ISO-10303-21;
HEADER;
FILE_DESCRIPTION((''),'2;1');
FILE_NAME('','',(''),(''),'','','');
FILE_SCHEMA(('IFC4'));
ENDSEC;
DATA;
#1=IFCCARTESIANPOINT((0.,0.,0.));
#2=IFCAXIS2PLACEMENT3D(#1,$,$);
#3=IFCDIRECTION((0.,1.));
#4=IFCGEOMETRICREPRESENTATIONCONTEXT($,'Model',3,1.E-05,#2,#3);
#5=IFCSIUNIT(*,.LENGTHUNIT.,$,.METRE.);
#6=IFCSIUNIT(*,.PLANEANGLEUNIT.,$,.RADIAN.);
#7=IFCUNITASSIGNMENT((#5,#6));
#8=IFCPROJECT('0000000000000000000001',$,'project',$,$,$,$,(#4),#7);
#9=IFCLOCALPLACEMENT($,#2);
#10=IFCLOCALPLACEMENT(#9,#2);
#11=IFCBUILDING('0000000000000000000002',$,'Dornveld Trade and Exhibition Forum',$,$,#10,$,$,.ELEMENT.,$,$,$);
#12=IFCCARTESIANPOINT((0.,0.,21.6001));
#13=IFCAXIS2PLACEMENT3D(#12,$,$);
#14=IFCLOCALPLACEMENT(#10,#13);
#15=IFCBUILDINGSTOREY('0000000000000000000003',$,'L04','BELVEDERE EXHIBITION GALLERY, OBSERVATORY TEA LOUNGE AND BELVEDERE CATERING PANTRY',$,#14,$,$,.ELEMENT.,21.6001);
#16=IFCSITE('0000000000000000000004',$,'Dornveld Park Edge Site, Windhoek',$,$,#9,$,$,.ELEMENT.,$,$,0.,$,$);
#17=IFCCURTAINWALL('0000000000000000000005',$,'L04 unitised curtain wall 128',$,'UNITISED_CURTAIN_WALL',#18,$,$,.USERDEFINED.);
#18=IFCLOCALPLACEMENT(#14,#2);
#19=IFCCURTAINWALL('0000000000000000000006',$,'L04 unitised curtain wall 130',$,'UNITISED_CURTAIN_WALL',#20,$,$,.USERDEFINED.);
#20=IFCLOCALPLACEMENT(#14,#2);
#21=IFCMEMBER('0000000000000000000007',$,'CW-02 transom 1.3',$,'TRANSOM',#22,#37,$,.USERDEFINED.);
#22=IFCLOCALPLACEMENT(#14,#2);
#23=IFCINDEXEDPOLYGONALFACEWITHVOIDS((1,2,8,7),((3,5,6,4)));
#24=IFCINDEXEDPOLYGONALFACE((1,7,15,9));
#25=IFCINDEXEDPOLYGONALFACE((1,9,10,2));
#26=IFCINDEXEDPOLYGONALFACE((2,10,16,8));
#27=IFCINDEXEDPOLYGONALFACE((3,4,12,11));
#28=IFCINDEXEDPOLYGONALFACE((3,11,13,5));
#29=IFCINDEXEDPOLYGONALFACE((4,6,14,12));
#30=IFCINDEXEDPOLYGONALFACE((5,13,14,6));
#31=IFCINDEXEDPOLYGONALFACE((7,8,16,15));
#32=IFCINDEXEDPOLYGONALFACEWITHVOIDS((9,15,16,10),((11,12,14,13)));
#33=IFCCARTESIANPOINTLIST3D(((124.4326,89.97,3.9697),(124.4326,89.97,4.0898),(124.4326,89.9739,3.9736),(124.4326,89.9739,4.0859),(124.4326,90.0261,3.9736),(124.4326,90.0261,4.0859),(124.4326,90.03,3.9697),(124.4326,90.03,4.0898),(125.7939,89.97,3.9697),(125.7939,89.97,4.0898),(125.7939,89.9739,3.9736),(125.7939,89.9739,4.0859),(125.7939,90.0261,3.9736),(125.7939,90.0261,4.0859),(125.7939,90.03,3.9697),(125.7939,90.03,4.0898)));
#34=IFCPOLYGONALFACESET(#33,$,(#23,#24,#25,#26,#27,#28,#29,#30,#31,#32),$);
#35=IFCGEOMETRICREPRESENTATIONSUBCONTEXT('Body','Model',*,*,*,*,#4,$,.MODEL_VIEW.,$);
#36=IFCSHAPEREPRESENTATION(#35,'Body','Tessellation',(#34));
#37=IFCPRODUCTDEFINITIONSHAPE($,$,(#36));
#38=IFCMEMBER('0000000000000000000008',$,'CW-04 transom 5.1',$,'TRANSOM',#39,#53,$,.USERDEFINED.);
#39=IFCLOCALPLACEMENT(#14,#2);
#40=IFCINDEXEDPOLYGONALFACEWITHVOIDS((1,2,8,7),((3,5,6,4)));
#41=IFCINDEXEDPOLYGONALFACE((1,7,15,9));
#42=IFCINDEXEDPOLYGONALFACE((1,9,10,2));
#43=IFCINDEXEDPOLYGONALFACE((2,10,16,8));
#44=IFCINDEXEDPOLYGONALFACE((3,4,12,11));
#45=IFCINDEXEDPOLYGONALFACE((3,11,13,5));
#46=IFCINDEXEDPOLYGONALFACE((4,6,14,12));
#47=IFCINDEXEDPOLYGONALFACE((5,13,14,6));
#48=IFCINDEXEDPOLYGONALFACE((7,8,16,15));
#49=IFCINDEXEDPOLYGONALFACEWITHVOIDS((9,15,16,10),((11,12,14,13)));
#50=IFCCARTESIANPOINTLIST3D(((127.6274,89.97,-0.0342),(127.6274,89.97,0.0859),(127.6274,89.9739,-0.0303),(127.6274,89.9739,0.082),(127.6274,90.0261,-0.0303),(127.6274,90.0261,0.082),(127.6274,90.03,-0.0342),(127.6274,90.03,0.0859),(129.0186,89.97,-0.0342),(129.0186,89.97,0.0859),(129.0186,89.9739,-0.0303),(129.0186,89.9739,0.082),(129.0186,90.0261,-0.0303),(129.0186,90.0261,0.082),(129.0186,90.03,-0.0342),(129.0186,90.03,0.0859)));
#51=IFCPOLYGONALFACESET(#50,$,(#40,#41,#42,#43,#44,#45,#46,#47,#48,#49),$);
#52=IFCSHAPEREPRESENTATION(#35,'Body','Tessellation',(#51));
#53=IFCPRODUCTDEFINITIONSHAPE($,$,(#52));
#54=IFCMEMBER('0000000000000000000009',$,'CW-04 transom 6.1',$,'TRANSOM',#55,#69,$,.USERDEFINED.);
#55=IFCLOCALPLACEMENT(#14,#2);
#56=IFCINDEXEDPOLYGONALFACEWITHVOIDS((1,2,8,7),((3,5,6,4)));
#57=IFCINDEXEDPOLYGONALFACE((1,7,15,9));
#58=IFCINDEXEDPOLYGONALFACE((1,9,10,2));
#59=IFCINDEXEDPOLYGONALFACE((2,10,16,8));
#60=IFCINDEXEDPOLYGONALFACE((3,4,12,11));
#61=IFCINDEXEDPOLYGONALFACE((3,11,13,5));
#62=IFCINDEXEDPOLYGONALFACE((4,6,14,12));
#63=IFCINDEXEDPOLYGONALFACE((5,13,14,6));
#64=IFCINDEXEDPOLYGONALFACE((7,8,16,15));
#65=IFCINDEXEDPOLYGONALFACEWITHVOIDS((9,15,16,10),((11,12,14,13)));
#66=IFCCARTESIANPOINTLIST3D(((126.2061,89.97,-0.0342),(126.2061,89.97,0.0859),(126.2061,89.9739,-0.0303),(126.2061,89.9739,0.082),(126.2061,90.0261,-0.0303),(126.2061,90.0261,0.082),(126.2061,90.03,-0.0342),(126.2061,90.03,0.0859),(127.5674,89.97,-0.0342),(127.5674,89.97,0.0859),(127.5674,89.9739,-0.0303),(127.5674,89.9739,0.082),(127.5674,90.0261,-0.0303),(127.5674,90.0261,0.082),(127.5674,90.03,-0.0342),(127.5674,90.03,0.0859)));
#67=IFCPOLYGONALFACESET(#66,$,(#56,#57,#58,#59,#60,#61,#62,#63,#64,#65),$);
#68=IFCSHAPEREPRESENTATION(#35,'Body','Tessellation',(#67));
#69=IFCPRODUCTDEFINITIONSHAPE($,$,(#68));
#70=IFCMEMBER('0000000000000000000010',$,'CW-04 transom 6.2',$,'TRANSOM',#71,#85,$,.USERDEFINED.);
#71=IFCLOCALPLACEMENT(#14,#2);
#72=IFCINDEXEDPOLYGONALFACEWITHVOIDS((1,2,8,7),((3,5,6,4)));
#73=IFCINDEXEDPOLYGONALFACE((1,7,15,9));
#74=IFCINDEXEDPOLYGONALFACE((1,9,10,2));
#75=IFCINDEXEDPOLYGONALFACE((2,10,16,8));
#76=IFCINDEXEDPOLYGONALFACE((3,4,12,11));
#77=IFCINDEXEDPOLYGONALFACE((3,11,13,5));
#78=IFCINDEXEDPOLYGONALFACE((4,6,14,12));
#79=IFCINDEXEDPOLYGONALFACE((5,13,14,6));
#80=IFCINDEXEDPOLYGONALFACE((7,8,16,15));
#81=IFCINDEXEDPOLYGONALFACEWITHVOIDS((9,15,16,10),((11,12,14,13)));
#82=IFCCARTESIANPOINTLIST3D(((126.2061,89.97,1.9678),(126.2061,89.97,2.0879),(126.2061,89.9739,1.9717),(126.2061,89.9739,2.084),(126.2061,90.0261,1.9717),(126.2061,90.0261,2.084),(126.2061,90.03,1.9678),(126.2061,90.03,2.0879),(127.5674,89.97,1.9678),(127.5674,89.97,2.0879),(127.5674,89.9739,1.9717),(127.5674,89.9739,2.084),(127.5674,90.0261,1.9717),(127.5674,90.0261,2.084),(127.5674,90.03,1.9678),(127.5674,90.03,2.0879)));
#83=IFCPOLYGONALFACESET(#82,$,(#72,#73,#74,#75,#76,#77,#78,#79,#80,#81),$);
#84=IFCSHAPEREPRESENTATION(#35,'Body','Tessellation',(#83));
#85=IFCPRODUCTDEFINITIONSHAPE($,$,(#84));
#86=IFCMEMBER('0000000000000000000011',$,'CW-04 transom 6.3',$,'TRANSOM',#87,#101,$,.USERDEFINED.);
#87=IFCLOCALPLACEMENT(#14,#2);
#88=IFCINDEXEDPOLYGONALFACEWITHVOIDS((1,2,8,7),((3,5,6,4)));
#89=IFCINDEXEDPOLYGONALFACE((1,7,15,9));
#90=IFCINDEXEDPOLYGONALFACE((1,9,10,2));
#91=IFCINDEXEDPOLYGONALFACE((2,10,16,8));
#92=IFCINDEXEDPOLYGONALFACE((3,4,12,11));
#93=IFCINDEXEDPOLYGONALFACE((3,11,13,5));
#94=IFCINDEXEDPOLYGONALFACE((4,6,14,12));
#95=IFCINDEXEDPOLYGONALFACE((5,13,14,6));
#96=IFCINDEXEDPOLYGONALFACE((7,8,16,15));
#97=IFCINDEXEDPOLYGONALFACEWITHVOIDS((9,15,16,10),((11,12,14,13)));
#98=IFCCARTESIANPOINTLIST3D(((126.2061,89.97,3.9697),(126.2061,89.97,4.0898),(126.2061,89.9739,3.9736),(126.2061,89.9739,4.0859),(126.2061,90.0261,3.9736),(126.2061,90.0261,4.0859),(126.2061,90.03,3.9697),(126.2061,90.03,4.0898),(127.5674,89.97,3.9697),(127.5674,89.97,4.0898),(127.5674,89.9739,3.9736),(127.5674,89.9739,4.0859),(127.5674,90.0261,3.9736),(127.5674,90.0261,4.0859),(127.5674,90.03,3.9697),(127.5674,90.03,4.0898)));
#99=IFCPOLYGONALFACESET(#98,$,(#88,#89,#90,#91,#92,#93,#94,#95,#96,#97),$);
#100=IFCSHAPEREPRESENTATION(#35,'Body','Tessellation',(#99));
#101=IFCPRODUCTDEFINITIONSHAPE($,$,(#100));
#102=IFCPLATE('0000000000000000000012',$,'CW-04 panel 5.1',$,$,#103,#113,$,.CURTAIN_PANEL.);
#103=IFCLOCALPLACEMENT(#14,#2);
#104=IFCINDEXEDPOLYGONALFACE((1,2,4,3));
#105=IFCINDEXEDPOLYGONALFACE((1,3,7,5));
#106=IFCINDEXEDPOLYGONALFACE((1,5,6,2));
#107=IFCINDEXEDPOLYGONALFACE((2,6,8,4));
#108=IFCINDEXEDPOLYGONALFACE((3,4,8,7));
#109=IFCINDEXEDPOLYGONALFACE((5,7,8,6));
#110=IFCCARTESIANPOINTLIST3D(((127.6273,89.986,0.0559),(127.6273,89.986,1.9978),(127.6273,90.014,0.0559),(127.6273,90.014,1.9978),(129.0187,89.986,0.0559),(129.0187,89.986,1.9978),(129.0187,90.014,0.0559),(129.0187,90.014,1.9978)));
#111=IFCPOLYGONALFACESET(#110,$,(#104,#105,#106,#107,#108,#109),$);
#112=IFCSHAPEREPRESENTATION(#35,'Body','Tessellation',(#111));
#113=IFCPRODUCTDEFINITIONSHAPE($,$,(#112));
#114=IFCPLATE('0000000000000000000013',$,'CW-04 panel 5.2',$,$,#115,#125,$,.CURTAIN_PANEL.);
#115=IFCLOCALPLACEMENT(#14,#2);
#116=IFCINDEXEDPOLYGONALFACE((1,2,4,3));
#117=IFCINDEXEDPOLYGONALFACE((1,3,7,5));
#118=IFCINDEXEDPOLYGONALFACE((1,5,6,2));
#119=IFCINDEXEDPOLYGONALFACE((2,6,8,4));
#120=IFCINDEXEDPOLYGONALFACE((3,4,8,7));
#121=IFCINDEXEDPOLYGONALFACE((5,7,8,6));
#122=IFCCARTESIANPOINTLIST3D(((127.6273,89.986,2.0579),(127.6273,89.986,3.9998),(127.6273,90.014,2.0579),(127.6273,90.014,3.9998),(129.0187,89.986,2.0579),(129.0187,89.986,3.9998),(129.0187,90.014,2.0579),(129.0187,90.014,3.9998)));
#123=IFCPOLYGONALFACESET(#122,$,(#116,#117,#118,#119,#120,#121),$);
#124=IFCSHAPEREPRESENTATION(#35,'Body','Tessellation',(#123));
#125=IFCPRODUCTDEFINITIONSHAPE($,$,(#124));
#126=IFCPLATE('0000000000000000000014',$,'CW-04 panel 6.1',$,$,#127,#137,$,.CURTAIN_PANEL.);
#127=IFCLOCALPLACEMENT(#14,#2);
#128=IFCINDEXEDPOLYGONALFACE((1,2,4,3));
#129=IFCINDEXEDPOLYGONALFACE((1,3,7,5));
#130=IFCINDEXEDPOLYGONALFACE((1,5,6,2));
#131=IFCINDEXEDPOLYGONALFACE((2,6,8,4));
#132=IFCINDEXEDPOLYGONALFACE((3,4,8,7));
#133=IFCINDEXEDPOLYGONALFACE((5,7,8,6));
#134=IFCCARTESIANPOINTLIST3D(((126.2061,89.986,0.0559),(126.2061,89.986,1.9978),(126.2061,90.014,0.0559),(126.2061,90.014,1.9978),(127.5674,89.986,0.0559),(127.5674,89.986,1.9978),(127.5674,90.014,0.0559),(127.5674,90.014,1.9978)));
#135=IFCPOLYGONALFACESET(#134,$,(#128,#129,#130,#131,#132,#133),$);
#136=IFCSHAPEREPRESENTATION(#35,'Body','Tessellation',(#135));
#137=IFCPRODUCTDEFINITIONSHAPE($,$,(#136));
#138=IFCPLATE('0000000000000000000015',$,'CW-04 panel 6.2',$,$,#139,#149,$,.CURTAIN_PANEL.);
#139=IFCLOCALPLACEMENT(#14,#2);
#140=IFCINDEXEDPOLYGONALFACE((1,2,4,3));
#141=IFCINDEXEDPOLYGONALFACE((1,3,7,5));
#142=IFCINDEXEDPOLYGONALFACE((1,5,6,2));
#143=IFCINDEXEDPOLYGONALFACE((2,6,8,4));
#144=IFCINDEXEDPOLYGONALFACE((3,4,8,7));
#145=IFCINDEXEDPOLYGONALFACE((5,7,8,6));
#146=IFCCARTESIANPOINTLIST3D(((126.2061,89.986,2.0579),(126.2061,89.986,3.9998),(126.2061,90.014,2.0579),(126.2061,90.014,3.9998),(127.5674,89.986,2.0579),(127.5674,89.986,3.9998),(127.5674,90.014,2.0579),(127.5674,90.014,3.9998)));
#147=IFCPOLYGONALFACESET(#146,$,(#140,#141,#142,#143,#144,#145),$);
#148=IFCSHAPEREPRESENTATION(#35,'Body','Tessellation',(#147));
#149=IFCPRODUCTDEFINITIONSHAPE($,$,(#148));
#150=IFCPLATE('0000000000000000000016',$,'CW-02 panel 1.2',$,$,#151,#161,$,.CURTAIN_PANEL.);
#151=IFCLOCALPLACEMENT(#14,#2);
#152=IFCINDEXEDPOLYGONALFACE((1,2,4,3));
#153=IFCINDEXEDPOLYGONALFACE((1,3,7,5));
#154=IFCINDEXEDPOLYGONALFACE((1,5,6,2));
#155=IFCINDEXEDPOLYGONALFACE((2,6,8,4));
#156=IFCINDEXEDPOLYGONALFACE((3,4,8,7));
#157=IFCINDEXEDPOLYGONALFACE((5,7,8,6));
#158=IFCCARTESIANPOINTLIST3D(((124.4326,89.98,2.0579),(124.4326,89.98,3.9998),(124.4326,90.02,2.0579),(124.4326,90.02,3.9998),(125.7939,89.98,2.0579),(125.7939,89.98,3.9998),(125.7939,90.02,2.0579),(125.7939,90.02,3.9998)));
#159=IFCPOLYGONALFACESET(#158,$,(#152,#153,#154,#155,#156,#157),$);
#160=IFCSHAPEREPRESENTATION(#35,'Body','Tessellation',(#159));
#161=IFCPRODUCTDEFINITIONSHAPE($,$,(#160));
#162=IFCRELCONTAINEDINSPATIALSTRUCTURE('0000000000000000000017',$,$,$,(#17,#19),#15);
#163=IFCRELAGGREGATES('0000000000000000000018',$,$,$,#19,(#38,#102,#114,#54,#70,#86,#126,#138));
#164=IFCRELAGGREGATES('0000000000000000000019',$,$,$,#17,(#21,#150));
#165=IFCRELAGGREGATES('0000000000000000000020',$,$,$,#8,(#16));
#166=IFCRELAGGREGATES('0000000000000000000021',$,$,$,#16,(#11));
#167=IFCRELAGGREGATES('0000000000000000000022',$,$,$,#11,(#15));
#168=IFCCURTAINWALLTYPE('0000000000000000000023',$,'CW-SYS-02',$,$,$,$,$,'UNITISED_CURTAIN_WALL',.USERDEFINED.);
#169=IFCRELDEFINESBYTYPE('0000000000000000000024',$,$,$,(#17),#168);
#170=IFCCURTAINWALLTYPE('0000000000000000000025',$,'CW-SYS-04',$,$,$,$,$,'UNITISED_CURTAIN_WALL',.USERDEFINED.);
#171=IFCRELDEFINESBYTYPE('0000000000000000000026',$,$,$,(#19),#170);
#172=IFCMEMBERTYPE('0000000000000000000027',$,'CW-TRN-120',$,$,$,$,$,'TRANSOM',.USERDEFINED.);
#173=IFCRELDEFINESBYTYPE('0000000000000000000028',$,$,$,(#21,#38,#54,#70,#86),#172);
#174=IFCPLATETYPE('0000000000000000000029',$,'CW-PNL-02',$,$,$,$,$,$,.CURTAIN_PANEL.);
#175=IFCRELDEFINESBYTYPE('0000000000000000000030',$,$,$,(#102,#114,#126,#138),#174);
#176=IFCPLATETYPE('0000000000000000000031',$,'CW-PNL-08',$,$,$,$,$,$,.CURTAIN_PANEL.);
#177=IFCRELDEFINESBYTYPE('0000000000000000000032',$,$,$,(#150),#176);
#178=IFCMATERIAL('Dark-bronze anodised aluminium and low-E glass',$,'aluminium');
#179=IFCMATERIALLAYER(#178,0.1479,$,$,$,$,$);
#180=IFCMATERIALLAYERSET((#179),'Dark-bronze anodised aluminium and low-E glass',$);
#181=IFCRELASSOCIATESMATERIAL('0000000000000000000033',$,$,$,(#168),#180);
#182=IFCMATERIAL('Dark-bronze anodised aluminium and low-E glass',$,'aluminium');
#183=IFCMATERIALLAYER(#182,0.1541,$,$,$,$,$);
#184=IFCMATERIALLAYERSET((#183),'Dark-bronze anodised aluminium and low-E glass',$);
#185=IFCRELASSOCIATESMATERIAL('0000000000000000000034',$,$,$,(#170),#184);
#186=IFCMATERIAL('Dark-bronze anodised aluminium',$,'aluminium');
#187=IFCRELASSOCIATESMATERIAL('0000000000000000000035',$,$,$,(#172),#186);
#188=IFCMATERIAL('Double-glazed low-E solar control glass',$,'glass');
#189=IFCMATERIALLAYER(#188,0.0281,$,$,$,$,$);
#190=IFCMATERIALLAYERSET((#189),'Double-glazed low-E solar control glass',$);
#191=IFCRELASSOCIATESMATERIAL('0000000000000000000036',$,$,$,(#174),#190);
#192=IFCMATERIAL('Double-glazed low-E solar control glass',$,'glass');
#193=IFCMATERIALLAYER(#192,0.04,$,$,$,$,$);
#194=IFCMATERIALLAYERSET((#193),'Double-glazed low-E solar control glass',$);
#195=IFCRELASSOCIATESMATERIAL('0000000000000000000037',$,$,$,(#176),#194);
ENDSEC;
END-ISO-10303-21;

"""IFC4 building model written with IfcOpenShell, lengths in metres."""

from ifc_helpers import new_model, si_unit, direction, frame, origin, origin_2d, place, context, subcontext, project, spatial, rectangle, hollow_rectangle, extrude, material, layer, layer_set, material_profile, profile_set, type_object, element, aggregate, save


model = new_model("IFC4")

# Units and contexts
model_context = context("Model", 3, precision=1e-05, world=origin(), true_north=direction((0.0, 1.0)))
body_context = subcontext(model_context, "Body", "Model", "MODEL_VIEW")
ifc_project = project(units=[si_unit("LENGTHUNIT", "METRE"), si_unit("PLANEANGLEUNIT", "RADIAN")], contexts=[model_context])

# Site, building, storey
site_placement = place(None, origin())
site = spatial("IfcSite", under=ifc_project, at=site_placement, Name="Dornveld Park Edge Site, Windhoek", CompositionType="ELEMENT", RefElevation=0.0)
building_placement = place(site_placement, origin())
building = spatial("IfcBuilding", under=site, at=building_placement, Name="Dornveld Trade and Exhibition Forum", CompositionType="ELEMENT")
storey_placement = place(building_placement, frame((0.0, 0.0, 21.6001)))
storey = spatial("IfcBuildingStorey", under=building, at=storey_placement, Name="L04", Description="BELVEDERE EXHIBITION GALLERY, OBSERVATORY TEA LOUNGE AND BELVEDERE CATERING PANTRY", CompositionType="ELEMENT", Elevation=21.6001)

# Curtain wall
ifc_material_1 = material(Name="Dark-bronze anodised aluminium and low-E glass", Category="aluminium")
ifc_layer_1 = layer(ifc_material_1, 0.1479)
ifc_layer_set_1 = layer_set([ifc_layer_1], Name="Dark-bronze anodised aluminium and low-E glass")
curtain_wall_type_1 = type_object("IfcCurtainWallType", Name="CW-SYS-02", ElementType="UNITISED_CURTAIN_WALL", PredefinedType="USERDEFINED", material=ifc_layer_set_1)
curtain_wall_1_placement = place(storey_placement, origin())
curtain_wall_1 = element("IfcCurtainWall", 1, at=curtain_wall_1_placement, inside=storey, type_object=curtain_wall_type_1, Name="L04 unitised curtain wall 128", ObjectType="UNITISED_CURTAIN_WALL", PredefinedType="USERDEFINED")

# Curtain wall
ifc_material_2 = material(Name="Dark-bronze anodised aluminium and low-E glass", Category="aluminium")
ifc_layer_2 = layer(ifc_material_2, 0.1541)
ifc_layer_set_2 = layer_set([ifc_layer_2], Name="Dark-bronze anodised aluminium and low-E glass")
curtain_wall_type_2 = type_object("IfcCurtainWallType", Name="CW-SYS-04", ElementType="UNITISED_CURTAIN_WALL", PredefinedType="USERDEFINED", material=ifc_layer_set_2)
curtain_wall_2_placement = place(storey_placement, origin())
curtain_wall_2 = element("IfcCurtainWall", 2, at=curtain_wall_2_placement, inside=storey, type_object=curtain_wall_type_2, Name="L04 unitised curtain wall 130", ObjectType="UNITISED_CURTAIN_WALL", PredefinedType="USERDEFINED")

# Members
ifc_material_3 = material(Name="Dark-bronze anodised aluminium", Category="aluminium")
ifc_material_profile_1 = material_profile(ifc_material_3, hollow_rectangle(XDim=0.0601, YDim=0.1201, WallThickness=0.0039, at=origin_2d()), Name="RHS 120x60x4")
ifc_profile_set_1 = profile_set([ifc_material_profile_1], Name="Dark-bronze anodised aluminium")
member_type_1 = type_object("IfcMemberType", Name="CW-TRN-120", ElementType="TRANSOM", PredefinedType="USERDEFINED", material=ifc_profile_set_1)
member_1_placement = place(storey_placement, frame((125.7939, 90.0, 4.0298), z_axis=(-1.0, 0.0, 0.0), x_axis=(0.0, -1.0, 0.0)))
member_1 = element("IfcMember", 3, at=member_1_placement, type_object=member_type_1, Name="CW-02 transom 1.3", ObjectType="TRANSOM", PredefinedType="USERDEFINED", context=body_context, shape_type="SweptSolid", body=[
    extrude(hollow_rectangle(XDim=0.0601, YDim=0.1201, WallThickness=0.0039, at=origin_2d()), origin(), (0.0, 0.0, 1.0), 1.3613),
])
member_2_placement = place(storey_placement, frame((129.0186, 90.0, 0.0259), z_axis=(-1.0, 0.0, 0.0), x_axis=(0.0, -1.0, 0.0)))
member_2 = element("IfcMember", 4, at=member_2_placement, type_object=member_type_1, Name="CW-04 transom 5.1", ObjectType="TRANSOM", PredefinedType="USERDEFINED", context=body_context, shape_type="SweptSolid", body=[
    extrude(hollow_rectangle(XDim=0.0601, YDim=0.1201, WallThickness=0.0039, at=origin_2d()), origin(), (0.0, 0.0, 1.0), 1.3911),
])
member_3_placement = place(storey_placement, frame((127.5674, 90.0, 0.0259), z_axis=(-1.0, 0.0, 0.0), x_axis=(0.0, -1.0, 0.0)))
member_3 = element("IfcMember", 5, at=member_3_placement, type_object=member_type_1, Name="CW-04 transom 6.1", ObjectType="TRANSOM", PredefinedType="USERDEFINED", context=body_context, shape_type="SweptSolid", body=[
    extrude(hollow_rectangle(XDim=0.0601, YDim=0.1201, WallThickness=0.0039, at=origin_2d()), origin(), (0.0, 0.0, 1.0), 1.3613),
])
member_4_placement = place(storey_placement, frame((127.5674, 90.0, 2.0278), z_axis=(-1.0, 0.0, 0.0), x_axis=(0.0, -1.0, 0.0)))
member_4 = element("IfcMember", 6, at=member_4_placement, type_object=member_type_1, Name="CW-04 transom 6.2", ObjectType="TRANSOM", PredefinedType="USERDEFINED", context=body_context, shape_type="SweptSolid", body=[
    extrude(hollow_rectangle(XDim=0.0601, YDim=0.1201, WallThickness=0.0039, at=origin_2d()), origin(), (0.0, 0.0, 1.0), 1.3613),
])
member_5_placement = place(storey_placement, frame((127.5674, 90.0, 4.0298), z_axis=(-1.0, 0.0, 0.0), x_axis=(0.0, -1.0, 0.0)))
member_5 = element("IfcMember", 7, at=member_5_placement, type_object=member_type_1, Name="CW-04 transom 6.3", ObjectType="TRANSOM", PredefinedType="USERDEFINED", context=body_context, shape_type="SweptSolid", body=[
    extrude(hollow_rectangle(XDim=0.0601, YDim=0.1201, WallThickness=0.0039, at=origin_2d()), origin(), (0.0, 0.0, 1.0), 1.3613),
])

# Plates
ifc_material_4 = material(Name="Double-glazed low-E solar control glass", Category="glass")
ifc_layer_3 = layer(ifc_material_4, 0.0281)
ifc_layer_set_3 = layer_set([ifc_layer_3], Name="Double-glazed low-E solar control glass")
plate_type_1 = type_object("IfcPlateType", Name="CW-PNL-02", PredefinedType="CURTAIN_PANEL", material=ifc_layer_set_3)
plate_1_placement = place(storey_placement, frame((128.323, 90.0, 0.0559), z_axis=(0.0, 0.0, 1.0), x_axis=(-1.0, 0.0, 0.0)))
plate_1 = element("IfcPlate", 8, at=plate_1_placement, type_object=plate_type_1, Name="CW-04 panel 5.1", PredefinedType="CURTAIN_PANEL", context=body_context, shape_type="SweptSolid", body=[
    extrude(rectangle(XDim=1.3914, YDim=0.0281, at=origin_2d()), origin(), (0.0, 0.0, 1.0), 1.9419),
])
plate_2_placement = place(storey_placement, frame((128.323, 90.0, 2.0579), z_axis=(0.0, 0.0, 1.0), x_axis=(-1.0, 0.0, 0.0)))
plate_2 = element("IfcPlate", 9, at=plate_2_placement, type_object=plate_type_1, Name="CW-04 panel 5.2", PredefinedType="CURTAIN_PANEL", context=body_context, shape_type="SweptSolid", body=[
    extrude(rectangle(XDim=1.3914, YDim=0.0281, at=origin_2d()), origin(), (0.0, 0.0, 1.0), 1.9419),
])
plate_3_placement = place(storey_placement, frame((126.8867, 90.0, 0.0559), z_axis=(0.0, 0.0, 1.0), x_axis=(-1.0, 0.0, 0.0)))
plate_3 = element("IfcPlate", 10, at=plate_3_placement, type_object=plate_type_1, Name="CW-04 panel 6.1", PredefinedType="CURTAIN_PANEL", context=body_context, shape_type="SweptSolid", body=[
    extrude(rectangle(XDim=1.3613, YDim=0.0281, at=origin_2d()), origin(), (0.0, 0.0, 1.0), 1.9419),
])
plate_4_placement = place(storey_placement, frame((126.8867, 90.0, 2.0579), z_axis=(0.0, 0.0, 1.0), x_axis=(-1.0, 0.0, 0.0)))
plate_4 = element("IfcPlate", 11, at=plate_4_placement, type_object=plate_type_1, Name="CW-04 panel 6.2", PredefinedType="CURTAIN_PANEL", context=body_context, shape_type="SweptSolid", body=[
    extrude(rectangle(XDim=1.3613, YDim=0.0281, at=origin_2d()), origin(), (0.0, 0.0, 1.0), 1.9419),
])
aggregate(curtain_wall_2, [member_2, plate_1, plate_2, member_3, member_4, member_5, plate_3, plate_4])
ifc_material_5 = material(Name="Double-glazed low-E solar control glass", Category="glass")
ifc_layer_4 = layer(ifc_material_5, 0.04)
ifc_layer_set_4 = layer_set([ifc_layer_4], Name="Double-glazed low-E solar control glass")
plate_type_2 = type_object("IfcPlateType", Name="CW-PNL-08", PredefinedType="CURTAIN_PANEL", material=ifc_layer_set_4)
plate_5_placement = place(storey_placement, frame((125.1133, 90.0, 2.0579), z_axis=(0.0, 0.0, 1.0), x_axis=(-1.0, 0.0, 0.0)))
plate_5 = element("IfcPlate", 12, at=plate_5_placement, type_object=plate_type_2, Name="CW-02 panel 1.2", PredefinedType="CURTAIN_PANEL", context=body_context, shape_type="SweptSolid", body=[
    extrude(rectangle(XDim=1.3613, YDim=0.04, at=origin_2d()), origin(), (0.0, 0.0, 1.0), 1.9419),
])
aggregate(curtain_wall_1, [member_1, plate_5])

save(model, "model.ifc")
